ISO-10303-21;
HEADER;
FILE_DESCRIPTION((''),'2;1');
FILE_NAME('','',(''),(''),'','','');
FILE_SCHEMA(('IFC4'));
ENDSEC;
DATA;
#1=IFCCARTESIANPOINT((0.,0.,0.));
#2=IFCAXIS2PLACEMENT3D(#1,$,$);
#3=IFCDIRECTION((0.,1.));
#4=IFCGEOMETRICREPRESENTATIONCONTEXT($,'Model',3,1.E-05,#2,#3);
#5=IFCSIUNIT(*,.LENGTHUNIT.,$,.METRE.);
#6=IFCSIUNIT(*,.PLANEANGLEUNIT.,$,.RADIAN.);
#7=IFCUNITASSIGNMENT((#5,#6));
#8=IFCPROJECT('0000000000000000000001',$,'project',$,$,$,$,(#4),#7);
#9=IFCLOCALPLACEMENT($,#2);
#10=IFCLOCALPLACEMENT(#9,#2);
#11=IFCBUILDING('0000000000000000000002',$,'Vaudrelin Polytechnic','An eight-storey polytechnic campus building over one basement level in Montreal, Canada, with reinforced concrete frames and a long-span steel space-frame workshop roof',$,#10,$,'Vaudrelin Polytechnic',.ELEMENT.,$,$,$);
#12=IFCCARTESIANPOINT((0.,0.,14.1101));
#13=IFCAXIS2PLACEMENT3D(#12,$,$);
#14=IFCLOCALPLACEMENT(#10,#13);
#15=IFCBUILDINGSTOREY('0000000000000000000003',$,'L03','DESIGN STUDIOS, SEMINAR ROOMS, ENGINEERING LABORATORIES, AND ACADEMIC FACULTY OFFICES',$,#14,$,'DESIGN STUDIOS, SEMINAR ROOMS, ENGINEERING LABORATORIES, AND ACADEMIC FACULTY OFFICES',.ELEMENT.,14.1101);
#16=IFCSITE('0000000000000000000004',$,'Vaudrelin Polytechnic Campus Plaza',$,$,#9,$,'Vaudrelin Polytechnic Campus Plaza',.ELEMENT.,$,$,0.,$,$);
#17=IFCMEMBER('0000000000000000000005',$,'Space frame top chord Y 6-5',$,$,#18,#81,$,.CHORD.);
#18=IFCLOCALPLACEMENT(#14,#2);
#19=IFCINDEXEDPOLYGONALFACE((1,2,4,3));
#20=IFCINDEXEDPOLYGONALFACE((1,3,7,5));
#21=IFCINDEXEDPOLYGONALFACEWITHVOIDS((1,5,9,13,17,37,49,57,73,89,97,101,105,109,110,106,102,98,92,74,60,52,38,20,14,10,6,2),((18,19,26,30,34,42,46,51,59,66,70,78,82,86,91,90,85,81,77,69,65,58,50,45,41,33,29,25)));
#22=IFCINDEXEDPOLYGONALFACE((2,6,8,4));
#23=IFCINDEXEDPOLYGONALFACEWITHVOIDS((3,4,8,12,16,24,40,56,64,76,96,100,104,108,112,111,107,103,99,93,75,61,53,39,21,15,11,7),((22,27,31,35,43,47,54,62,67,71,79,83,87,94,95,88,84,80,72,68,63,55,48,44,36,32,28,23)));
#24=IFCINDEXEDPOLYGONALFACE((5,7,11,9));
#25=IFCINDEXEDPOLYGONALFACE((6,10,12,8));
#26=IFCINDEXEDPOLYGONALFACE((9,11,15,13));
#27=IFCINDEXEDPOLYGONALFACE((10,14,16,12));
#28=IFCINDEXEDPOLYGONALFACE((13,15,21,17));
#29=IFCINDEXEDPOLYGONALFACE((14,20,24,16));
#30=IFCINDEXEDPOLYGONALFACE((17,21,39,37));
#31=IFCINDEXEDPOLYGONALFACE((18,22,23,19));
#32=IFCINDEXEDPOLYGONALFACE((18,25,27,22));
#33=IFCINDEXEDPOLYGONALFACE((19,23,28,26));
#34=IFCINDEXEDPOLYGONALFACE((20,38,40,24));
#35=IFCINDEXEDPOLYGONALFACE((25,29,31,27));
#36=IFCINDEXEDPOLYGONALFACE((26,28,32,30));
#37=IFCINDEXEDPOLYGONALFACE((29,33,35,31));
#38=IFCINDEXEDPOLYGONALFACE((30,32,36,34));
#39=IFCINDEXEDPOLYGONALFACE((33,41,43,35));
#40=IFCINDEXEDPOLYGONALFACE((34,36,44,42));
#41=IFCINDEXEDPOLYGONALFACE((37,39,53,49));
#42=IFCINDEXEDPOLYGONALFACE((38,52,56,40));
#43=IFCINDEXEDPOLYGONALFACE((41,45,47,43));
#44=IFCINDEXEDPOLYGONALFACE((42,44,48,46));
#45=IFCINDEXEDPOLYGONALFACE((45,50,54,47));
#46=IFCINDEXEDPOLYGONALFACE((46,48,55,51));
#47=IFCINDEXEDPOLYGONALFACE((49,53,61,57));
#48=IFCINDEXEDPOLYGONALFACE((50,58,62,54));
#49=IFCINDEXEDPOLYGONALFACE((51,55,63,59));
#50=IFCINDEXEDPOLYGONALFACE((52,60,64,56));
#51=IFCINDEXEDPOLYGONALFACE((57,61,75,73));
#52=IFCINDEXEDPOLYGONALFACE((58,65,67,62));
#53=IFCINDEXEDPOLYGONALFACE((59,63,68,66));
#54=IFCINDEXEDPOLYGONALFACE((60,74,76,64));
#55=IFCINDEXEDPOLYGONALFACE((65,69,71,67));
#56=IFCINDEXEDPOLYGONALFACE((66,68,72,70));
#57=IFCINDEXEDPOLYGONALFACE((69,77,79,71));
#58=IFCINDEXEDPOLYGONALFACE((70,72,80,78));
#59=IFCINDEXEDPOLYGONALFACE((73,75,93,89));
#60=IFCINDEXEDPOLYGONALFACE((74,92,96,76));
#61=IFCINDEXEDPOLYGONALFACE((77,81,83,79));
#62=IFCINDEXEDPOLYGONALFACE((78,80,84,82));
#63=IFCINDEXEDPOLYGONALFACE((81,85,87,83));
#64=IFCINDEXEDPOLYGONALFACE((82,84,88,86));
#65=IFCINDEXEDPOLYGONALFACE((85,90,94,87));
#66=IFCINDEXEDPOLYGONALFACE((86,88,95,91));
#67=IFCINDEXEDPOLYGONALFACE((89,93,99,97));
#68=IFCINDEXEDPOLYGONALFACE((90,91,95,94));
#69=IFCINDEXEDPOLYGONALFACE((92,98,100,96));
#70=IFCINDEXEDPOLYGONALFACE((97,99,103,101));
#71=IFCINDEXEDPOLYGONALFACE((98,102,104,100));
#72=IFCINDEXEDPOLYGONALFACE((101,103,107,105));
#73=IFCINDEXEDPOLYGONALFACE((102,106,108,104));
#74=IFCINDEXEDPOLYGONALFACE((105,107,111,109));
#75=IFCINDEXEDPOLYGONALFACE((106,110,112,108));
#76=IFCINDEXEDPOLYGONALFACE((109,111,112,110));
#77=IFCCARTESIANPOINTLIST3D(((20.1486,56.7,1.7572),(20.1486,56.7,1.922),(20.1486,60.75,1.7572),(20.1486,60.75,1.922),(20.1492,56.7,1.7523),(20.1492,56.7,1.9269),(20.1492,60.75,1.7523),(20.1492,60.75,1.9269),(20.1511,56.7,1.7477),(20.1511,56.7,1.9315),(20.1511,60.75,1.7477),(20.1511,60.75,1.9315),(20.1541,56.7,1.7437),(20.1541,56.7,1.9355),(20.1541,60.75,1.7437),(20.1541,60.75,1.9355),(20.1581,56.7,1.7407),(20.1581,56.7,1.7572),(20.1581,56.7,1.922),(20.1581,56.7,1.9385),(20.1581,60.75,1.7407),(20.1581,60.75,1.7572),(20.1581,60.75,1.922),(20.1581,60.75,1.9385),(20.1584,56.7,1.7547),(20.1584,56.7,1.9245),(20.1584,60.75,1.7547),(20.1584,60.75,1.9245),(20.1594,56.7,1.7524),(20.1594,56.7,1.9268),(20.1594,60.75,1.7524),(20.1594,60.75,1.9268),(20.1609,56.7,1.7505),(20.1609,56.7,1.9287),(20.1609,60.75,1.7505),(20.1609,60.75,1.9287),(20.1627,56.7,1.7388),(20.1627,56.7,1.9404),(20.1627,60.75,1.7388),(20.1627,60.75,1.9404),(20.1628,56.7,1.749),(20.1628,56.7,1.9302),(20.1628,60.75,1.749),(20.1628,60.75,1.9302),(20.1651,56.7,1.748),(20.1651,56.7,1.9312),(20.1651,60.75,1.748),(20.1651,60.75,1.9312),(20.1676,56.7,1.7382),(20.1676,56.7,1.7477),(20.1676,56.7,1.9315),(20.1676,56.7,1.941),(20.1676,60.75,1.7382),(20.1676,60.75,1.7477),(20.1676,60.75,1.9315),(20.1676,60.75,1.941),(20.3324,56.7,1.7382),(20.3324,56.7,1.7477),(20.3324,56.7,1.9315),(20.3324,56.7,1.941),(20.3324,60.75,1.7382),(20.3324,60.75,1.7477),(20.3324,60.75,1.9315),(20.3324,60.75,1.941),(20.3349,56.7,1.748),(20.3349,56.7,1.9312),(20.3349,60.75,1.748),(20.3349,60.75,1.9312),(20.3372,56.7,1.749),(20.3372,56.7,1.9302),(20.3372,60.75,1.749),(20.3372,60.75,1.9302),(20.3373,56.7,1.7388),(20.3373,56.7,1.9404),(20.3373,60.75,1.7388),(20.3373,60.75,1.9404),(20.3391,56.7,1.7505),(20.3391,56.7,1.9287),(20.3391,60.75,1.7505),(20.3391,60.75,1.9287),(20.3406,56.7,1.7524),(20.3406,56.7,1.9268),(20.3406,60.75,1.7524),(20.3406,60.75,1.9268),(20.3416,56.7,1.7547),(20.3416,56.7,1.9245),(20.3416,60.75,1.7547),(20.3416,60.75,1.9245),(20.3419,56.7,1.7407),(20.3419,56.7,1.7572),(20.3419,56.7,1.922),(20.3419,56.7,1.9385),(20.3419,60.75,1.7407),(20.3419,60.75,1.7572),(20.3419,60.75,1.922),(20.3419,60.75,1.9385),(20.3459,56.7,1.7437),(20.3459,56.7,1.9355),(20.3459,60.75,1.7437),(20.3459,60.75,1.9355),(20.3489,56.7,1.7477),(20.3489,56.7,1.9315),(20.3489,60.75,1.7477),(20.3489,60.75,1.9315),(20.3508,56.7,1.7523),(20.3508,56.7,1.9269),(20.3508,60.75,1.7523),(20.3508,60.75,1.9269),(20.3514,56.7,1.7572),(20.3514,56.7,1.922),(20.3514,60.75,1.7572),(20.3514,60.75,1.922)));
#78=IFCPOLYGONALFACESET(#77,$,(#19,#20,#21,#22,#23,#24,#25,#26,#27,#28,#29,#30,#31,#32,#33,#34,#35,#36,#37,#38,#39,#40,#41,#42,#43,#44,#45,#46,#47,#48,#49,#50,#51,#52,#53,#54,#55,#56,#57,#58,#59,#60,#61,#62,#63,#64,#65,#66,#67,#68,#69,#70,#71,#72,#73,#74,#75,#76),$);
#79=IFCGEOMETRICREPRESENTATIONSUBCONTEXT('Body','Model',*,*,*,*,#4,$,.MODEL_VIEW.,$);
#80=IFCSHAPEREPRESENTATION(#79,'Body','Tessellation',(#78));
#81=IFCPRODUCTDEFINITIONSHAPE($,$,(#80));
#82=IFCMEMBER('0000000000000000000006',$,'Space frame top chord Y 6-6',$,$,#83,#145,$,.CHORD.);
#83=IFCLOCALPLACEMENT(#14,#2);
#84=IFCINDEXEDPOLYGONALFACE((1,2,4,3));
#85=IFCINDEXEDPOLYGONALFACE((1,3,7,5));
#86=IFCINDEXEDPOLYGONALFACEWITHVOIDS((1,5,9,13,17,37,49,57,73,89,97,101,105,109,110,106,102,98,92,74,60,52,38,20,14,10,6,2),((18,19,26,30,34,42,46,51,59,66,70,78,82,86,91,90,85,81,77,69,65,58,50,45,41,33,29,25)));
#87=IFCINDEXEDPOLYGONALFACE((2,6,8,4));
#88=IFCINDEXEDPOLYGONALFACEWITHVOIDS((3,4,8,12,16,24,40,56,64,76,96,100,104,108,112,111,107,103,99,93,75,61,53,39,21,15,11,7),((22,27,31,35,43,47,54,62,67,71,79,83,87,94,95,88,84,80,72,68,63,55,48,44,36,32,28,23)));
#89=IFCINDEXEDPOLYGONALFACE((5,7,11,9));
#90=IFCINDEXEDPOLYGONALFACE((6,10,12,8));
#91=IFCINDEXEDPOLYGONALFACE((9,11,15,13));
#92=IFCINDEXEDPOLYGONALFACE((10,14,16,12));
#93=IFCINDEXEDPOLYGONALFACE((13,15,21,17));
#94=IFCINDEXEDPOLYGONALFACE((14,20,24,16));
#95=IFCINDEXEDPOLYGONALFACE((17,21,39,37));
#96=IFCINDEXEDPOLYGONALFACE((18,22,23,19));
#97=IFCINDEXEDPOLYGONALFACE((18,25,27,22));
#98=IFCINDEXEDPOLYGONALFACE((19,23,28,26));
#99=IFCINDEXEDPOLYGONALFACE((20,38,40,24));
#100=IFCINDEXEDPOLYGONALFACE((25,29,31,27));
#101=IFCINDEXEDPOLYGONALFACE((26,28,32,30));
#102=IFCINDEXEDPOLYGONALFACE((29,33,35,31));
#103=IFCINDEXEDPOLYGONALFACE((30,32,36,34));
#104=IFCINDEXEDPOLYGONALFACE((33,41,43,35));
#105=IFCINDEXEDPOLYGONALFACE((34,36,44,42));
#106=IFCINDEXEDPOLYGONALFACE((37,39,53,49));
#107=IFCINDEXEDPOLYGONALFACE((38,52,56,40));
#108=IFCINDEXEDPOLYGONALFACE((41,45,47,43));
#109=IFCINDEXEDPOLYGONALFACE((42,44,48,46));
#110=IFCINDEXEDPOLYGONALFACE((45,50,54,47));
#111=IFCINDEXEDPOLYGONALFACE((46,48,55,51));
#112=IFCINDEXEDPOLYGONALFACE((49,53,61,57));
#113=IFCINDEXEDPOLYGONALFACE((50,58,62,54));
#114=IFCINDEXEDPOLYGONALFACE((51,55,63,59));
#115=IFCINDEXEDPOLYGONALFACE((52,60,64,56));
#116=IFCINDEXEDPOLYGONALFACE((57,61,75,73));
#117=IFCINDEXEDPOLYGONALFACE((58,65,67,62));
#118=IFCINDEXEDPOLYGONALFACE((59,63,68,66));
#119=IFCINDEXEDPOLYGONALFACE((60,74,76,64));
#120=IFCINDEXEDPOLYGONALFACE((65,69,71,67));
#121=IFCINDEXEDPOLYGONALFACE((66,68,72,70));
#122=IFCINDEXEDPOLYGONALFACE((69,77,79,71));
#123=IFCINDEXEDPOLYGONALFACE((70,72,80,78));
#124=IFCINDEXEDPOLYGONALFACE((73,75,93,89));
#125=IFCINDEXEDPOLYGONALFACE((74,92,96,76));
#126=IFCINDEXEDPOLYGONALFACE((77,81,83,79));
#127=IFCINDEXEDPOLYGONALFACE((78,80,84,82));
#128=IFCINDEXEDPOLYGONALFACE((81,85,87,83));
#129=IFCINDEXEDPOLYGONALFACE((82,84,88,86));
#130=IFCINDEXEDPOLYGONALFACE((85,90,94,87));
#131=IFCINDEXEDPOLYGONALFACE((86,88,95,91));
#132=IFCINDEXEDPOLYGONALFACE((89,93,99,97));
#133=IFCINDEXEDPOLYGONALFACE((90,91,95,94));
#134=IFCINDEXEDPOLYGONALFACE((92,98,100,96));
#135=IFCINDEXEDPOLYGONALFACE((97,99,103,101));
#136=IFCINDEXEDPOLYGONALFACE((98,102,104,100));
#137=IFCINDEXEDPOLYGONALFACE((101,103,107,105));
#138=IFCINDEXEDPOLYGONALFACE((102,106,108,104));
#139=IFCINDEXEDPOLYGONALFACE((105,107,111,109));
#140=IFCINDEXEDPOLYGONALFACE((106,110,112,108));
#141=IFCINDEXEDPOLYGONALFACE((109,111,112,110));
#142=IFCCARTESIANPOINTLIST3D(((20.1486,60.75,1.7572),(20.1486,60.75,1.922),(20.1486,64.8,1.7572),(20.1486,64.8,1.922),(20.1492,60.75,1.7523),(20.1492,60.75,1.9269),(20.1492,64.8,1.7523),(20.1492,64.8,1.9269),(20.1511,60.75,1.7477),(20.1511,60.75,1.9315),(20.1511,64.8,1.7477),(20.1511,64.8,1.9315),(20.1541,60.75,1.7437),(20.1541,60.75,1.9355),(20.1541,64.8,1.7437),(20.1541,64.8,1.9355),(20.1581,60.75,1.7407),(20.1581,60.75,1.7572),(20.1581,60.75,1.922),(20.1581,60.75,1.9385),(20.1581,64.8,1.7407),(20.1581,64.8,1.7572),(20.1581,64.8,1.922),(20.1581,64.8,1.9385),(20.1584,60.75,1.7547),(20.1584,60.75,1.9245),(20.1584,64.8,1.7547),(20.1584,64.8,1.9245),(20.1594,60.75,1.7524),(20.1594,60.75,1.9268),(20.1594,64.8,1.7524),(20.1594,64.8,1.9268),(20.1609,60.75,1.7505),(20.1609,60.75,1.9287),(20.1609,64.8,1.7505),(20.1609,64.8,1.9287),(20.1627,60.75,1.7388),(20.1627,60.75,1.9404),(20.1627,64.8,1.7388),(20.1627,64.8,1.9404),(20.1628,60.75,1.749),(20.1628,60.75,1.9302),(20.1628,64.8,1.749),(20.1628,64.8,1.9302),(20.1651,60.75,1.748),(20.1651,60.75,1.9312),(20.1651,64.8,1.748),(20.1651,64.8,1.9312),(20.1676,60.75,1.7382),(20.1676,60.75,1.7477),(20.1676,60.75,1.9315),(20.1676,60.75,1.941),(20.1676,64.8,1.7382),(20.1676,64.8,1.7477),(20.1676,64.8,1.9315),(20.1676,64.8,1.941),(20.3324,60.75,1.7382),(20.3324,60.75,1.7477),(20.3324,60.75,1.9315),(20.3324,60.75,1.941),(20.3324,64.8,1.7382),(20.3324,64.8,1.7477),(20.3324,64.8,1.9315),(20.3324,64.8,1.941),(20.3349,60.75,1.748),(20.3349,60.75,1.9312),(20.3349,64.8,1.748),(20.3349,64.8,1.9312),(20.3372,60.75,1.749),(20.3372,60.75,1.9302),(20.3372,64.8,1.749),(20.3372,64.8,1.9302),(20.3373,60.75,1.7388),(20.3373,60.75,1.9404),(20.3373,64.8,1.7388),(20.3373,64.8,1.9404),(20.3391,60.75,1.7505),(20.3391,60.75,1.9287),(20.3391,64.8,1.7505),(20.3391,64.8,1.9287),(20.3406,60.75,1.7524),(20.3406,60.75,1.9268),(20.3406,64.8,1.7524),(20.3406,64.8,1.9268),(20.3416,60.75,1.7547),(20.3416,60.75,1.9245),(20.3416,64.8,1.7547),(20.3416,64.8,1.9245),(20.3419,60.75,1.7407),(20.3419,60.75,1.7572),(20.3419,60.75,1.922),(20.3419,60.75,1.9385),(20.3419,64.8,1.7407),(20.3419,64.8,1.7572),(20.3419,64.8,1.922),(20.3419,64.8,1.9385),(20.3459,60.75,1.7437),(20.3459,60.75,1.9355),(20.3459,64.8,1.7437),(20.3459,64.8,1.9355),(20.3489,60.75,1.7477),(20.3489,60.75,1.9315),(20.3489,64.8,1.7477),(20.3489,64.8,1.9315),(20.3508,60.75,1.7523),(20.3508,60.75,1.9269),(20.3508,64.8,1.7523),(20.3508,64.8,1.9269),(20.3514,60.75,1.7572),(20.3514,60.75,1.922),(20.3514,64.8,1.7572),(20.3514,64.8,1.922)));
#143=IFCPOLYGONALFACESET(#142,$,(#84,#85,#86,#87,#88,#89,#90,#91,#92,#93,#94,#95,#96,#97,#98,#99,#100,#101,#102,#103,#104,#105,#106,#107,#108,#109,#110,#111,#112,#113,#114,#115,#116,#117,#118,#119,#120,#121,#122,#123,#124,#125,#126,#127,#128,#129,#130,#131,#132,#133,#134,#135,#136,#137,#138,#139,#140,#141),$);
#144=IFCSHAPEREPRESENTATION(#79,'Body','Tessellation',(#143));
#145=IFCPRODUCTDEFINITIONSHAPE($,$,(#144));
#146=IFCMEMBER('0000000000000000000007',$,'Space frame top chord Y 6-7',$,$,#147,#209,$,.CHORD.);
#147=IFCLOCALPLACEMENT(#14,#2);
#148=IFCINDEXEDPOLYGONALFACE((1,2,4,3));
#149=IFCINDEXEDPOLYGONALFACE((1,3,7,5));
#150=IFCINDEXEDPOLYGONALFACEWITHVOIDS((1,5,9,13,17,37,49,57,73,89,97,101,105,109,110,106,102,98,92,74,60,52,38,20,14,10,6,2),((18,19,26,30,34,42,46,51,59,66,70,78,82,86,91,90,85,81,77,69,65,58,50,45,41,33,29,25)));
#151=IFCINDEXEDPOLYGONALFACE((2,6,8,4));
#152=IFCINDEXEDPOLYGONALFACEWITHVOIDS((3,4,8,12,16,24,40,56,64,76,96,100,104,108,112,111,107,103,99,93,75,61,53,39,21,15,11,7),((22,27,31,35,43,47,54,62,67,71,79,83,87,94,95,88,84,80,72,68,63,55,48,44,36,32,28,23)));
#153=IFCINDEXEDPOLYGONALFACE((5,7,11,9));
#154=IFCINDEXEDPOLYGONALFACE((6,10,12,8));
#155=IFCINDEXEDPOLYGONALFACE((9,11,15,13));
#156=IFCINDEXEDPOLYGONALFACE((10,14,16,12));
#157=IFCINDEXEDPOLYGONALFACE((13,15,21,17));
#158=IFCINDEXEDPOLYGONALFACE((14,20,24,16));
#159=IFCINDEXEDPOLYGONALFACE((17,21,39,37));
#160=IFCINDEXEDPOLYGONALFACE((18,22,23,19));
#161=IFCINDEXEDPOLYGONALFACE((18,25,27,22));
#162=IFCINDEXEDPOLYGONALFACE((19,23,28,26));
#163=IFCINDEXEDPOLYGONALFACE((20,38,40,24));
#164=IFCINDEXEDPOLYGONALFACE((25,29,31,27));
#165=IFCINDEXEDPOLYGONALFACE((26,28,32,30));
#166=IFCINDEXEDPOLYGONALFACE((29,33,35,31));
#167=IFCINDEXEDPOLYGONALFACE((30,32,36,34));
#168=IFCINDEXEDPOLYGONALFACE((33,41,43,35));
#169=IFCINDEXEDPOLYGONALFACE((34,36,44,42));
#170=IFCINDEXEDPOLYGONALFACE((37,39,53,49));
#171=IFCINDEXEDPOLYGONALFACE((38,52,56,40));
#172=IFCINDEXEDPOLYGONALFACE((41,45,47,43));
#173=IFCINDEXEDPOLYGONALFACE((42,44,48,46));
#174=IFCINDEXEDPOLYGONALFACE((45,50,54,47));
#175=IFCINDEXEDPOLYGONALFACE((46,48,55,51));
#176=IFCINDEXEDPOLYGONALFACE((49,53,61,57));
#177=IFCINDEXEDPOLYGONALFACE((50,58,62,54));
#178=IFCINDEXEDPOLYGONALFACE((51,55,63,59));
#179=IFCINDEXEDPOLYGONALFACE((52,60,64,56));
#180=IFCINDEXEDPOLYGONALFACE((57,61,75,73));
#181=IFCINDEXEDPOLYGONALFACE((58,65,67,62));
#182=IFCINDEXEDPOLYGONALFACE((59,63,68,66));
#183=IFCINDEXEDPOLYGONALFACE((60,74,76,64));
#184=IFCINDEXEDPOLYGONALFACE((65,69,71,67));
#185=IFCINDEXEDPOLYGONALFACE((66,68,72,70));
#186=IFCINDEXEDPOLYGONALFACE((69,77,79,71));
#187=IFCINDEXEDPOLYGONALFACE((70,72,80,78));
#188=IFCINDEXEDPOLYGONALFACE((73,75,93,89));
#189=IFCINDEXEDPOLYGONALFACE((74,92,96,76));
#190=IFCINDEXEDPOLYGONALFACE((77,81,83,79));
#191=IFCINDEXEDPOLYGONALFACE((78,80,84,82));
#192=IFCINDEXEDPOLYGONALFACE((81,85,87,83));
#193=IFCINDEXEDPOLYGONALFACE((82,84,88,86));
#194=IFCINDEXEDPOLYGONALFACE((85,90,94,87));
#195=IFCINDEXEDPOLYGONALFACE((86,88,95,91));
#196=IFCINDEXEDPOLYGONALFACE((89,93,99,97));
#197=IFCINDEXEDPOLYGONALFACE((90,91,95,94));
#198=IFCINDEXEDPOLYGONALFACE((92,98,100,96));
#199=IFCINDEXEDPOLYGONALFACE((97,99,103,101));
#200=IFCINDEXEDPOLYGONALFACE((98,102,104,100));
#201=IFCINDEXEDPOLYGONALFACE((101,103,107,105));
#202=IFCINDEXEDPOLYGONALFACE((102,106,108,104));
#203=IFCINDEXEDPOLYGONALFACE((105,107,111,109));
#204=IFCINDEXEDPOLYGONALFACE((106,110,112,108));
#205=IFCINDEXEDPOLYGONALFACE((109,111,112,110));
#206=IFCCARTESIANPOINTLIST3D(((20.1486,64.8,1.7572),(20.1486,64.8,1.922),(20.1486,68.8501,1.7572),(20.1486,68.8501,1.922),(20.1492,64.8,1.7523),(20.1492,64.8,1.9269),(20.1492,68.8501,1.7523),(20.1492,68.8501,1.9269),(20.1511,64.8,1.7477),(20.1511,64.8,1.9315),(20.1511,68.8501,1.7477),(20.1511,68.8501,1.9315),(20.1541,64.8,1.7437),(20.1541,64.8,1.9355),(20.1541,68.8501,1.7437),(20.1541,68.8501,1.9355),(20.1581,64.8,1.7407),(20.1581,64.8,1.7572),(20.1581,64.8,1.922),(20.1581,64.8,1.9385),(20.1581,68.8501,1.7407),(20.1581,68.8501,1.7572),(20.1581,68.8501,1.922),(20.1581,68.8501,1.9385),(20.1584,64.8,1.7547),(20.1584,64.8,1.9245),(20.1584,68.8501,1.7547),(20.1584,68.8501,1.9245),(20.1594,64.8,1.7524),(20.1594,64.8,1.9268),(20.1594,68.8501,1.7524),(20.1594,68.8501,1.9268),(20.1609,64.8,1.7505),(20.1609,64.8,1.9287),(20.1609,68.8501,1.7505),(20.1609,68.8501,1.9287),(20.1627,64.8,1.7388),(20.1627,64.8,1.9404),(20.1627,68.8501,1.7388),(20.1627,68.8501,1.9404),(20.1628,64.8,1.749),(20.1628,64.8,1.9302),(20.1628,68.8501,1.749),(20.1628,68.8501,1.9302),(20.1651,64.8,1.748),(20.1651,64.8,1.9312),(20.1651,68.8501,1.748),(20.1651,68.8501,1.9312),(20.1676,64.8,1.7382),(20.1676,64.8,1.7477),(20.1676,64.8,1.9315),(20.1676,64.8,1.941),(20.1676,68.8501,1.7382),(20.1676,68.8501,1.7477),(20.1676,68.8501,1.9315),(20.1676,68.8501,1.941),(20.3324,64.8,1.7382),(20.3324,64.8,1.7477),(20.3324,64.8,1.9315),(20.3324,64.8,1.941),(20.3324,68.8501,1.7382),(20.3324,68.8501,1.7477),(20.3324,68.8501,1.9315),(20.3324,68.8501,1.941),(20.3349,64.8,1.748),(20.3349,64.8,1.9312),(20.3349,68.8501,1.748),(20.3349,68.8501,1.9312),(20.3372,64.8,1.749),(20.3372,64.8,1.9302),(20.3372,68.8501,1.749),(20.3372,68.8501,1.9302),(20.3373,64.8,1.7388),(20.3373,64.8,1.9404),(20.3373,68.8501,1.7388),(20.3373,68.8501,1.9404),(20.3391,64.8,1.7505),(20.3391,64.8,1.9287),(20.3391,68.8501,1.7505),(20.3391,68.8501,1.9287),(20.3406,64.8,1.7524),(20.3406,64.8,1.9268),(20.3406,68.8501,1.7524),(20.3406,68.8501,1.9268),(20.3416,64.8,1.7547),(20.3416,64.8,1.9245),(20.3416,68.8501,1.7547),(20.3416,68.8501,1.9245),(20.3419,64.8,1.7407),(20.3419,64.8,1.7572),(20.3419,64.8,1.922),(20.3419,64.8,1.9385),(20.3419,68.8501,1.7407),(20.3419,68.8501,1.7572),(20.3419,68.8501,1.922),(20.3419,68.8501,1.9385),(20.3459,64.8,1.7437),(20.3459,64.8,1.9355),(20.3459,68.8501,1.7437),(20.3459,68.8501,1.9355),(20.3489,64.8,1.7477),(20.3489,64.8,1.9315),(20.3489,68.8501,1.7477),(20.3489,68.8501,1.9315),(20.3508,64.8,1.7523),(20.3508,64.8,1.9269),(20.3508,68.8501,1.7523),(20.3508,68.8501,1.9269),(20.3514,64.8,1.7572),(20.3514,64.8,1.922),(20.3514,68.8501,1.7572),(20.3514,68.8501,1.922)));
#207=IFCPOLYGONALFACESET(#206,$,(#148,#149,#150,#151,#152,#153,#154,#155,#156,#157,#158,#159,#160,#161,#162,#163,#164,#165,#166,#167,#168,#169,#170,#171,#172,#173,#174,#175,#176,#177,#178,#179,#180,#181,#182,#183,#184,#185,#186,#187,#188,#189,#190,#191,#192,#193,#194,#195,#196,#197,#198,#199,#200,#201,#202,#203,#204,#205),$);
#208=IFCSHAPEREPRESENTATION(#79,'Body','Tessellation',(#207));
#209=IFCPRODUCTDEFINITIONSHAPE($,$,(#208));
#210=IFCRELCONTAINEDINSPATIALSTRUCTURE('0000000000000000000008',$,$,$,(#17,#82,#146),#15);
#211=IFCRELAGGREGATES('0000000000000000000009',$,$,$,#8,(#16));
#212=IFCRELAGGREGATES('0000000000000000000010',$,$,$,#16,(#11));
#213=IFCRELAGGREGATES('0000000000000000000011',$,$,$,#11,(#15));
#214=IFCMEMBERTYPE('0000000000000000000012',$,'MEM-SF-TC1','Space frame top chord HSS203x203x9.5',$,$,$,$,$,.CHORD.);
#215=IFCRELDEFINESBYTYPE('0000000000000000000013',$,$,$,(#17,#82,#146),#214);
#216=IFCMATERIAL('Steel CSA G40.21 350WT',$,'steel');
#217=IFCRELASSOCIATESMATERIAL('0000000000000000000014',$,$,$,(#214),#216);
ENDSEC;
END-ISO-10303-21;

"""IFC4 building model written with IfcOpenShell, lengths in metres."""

from ifc_helpers import new_model, si_unit, direction, frame, origin, origin_2d, place, context, subcontext, project, spatial, hollow_rectangle, extrude, material, material_profile, profile_set, type_object, element, save


model = new_model("IFC4")

# Units and contexts
model_context = context("Model", 3, precision=1e-05, world=origin(), true_north=direction((0.0, 1.0)))
body_context = subcontext(model_context, "Body", "Model", "MODEL_VIEW")
ifc_project = project(units=[si_unit("LENGTHUNIT", "METRE"), si_unit("PLANEANGLEUNIT", "RADIAN")], contexts=[model_context])

# Site, building, storey
site_placement = place(None, origin())
site = spatial("IfcSite", under=ifc_project, at=site_placement, Name="Vaudrelin Polytechnic Campus Plaza", LongName="Vaudrelin Polytechnic Campus Plaza", CompositionType="ELEMENT", RefElevation=0.0)
building_placement = place(site_placement, origin())
building = spatial("IfcBuilding", under=site, at=building_placement, Name="Vaudrelin Polytechnic", Description="An eight-storey polytechnic campus building over one basement level in Montreal, Canada, with reinforced concrete frames and a long-span steel space-frame workshop roof", LongName="Vaudrelin Polytechnic", CompositionType="ELEMENT")
storey_placement = place(building_placement, frame((0.0, 0.0, 14.1101)))
storey = spatial("IfcBuildingStorey", under=building, at=storey_placement, Name="L03", Description="DESIGN STUDIOS, SEMINAR ROOMS, ENGINEERING LABORATORIES, AND ACADEMIC FACULTY OFFICES", LongName="DESIGN STUDIOS, SEMINAR ROOMS, ENGINEERING LABORATORIES, AND ACADEMIC FACULTY OFFICES", CompositionType="ELEMENT", Elevation=14.1101)

# Members
ifc_material = material(Name="Steel CSA G40.21 350WT", Category="steel")
ifc_material_profile_1 = material_profile(ifc_material, hollow_rectangle(XDim=0.2029, YDim=0.2029, WallThickness=0.0095, InnerFilletRadius=0.0095, OuterFilletRadius=0.019, at=origin_2d()), Name="HSS203x203x9.5")
ifc_profile_set_1 = profile_set([ifc_material_profile_1], Name="Steel CSA G40.21 350WT")
member_type_1 = type_object("IfcMemberType", Name="MEM-SF-TC1", Description="Space frame top chord HSS203x203x9.5", PredefinedType="CHORD", material=ifc_profile_set_1)
for number, where, z_axis, x_axis, name in (
    (1, (20.25, 56.7, 1.8396), (0.0, 1.0, 0.0), (-1.0, 0.0, 0.0), "Space frame top chord Y 6-5"),
    (2, (20.25, 60.75, 1.8396), (0.0, 1.0, 0.0), (-1.0, 0.0, 0.0), "Space frame top chord Y 6-6"),
    (3, (20.25, 64.8, 1.8396), (0.0, 1.0, 0.0), (-1.0, 0.0, 0.0), "Space frame top chord Y 6-7"),
):
    element("IfcMember", number, at=place(storey_placement, frame(where, z_axis=z_axis, x_axis=x_axis)), inside=storey, type_object=member_type_1, Name=name, PredefinedType="CHORD", context=body_context, shape_type="SweptSolid", body=[
        extrude(hollow_rectangle(XDim=0.2029, YDim=0.2029, WallThickness=0.0095, InnerFilletRadius=0.0095, OuterFilletRadius=0.019, at=origin_2d()), origin(), (0.0, 0.0, 1.0), 4.05),
    ])

save(model, "model.ifc")
